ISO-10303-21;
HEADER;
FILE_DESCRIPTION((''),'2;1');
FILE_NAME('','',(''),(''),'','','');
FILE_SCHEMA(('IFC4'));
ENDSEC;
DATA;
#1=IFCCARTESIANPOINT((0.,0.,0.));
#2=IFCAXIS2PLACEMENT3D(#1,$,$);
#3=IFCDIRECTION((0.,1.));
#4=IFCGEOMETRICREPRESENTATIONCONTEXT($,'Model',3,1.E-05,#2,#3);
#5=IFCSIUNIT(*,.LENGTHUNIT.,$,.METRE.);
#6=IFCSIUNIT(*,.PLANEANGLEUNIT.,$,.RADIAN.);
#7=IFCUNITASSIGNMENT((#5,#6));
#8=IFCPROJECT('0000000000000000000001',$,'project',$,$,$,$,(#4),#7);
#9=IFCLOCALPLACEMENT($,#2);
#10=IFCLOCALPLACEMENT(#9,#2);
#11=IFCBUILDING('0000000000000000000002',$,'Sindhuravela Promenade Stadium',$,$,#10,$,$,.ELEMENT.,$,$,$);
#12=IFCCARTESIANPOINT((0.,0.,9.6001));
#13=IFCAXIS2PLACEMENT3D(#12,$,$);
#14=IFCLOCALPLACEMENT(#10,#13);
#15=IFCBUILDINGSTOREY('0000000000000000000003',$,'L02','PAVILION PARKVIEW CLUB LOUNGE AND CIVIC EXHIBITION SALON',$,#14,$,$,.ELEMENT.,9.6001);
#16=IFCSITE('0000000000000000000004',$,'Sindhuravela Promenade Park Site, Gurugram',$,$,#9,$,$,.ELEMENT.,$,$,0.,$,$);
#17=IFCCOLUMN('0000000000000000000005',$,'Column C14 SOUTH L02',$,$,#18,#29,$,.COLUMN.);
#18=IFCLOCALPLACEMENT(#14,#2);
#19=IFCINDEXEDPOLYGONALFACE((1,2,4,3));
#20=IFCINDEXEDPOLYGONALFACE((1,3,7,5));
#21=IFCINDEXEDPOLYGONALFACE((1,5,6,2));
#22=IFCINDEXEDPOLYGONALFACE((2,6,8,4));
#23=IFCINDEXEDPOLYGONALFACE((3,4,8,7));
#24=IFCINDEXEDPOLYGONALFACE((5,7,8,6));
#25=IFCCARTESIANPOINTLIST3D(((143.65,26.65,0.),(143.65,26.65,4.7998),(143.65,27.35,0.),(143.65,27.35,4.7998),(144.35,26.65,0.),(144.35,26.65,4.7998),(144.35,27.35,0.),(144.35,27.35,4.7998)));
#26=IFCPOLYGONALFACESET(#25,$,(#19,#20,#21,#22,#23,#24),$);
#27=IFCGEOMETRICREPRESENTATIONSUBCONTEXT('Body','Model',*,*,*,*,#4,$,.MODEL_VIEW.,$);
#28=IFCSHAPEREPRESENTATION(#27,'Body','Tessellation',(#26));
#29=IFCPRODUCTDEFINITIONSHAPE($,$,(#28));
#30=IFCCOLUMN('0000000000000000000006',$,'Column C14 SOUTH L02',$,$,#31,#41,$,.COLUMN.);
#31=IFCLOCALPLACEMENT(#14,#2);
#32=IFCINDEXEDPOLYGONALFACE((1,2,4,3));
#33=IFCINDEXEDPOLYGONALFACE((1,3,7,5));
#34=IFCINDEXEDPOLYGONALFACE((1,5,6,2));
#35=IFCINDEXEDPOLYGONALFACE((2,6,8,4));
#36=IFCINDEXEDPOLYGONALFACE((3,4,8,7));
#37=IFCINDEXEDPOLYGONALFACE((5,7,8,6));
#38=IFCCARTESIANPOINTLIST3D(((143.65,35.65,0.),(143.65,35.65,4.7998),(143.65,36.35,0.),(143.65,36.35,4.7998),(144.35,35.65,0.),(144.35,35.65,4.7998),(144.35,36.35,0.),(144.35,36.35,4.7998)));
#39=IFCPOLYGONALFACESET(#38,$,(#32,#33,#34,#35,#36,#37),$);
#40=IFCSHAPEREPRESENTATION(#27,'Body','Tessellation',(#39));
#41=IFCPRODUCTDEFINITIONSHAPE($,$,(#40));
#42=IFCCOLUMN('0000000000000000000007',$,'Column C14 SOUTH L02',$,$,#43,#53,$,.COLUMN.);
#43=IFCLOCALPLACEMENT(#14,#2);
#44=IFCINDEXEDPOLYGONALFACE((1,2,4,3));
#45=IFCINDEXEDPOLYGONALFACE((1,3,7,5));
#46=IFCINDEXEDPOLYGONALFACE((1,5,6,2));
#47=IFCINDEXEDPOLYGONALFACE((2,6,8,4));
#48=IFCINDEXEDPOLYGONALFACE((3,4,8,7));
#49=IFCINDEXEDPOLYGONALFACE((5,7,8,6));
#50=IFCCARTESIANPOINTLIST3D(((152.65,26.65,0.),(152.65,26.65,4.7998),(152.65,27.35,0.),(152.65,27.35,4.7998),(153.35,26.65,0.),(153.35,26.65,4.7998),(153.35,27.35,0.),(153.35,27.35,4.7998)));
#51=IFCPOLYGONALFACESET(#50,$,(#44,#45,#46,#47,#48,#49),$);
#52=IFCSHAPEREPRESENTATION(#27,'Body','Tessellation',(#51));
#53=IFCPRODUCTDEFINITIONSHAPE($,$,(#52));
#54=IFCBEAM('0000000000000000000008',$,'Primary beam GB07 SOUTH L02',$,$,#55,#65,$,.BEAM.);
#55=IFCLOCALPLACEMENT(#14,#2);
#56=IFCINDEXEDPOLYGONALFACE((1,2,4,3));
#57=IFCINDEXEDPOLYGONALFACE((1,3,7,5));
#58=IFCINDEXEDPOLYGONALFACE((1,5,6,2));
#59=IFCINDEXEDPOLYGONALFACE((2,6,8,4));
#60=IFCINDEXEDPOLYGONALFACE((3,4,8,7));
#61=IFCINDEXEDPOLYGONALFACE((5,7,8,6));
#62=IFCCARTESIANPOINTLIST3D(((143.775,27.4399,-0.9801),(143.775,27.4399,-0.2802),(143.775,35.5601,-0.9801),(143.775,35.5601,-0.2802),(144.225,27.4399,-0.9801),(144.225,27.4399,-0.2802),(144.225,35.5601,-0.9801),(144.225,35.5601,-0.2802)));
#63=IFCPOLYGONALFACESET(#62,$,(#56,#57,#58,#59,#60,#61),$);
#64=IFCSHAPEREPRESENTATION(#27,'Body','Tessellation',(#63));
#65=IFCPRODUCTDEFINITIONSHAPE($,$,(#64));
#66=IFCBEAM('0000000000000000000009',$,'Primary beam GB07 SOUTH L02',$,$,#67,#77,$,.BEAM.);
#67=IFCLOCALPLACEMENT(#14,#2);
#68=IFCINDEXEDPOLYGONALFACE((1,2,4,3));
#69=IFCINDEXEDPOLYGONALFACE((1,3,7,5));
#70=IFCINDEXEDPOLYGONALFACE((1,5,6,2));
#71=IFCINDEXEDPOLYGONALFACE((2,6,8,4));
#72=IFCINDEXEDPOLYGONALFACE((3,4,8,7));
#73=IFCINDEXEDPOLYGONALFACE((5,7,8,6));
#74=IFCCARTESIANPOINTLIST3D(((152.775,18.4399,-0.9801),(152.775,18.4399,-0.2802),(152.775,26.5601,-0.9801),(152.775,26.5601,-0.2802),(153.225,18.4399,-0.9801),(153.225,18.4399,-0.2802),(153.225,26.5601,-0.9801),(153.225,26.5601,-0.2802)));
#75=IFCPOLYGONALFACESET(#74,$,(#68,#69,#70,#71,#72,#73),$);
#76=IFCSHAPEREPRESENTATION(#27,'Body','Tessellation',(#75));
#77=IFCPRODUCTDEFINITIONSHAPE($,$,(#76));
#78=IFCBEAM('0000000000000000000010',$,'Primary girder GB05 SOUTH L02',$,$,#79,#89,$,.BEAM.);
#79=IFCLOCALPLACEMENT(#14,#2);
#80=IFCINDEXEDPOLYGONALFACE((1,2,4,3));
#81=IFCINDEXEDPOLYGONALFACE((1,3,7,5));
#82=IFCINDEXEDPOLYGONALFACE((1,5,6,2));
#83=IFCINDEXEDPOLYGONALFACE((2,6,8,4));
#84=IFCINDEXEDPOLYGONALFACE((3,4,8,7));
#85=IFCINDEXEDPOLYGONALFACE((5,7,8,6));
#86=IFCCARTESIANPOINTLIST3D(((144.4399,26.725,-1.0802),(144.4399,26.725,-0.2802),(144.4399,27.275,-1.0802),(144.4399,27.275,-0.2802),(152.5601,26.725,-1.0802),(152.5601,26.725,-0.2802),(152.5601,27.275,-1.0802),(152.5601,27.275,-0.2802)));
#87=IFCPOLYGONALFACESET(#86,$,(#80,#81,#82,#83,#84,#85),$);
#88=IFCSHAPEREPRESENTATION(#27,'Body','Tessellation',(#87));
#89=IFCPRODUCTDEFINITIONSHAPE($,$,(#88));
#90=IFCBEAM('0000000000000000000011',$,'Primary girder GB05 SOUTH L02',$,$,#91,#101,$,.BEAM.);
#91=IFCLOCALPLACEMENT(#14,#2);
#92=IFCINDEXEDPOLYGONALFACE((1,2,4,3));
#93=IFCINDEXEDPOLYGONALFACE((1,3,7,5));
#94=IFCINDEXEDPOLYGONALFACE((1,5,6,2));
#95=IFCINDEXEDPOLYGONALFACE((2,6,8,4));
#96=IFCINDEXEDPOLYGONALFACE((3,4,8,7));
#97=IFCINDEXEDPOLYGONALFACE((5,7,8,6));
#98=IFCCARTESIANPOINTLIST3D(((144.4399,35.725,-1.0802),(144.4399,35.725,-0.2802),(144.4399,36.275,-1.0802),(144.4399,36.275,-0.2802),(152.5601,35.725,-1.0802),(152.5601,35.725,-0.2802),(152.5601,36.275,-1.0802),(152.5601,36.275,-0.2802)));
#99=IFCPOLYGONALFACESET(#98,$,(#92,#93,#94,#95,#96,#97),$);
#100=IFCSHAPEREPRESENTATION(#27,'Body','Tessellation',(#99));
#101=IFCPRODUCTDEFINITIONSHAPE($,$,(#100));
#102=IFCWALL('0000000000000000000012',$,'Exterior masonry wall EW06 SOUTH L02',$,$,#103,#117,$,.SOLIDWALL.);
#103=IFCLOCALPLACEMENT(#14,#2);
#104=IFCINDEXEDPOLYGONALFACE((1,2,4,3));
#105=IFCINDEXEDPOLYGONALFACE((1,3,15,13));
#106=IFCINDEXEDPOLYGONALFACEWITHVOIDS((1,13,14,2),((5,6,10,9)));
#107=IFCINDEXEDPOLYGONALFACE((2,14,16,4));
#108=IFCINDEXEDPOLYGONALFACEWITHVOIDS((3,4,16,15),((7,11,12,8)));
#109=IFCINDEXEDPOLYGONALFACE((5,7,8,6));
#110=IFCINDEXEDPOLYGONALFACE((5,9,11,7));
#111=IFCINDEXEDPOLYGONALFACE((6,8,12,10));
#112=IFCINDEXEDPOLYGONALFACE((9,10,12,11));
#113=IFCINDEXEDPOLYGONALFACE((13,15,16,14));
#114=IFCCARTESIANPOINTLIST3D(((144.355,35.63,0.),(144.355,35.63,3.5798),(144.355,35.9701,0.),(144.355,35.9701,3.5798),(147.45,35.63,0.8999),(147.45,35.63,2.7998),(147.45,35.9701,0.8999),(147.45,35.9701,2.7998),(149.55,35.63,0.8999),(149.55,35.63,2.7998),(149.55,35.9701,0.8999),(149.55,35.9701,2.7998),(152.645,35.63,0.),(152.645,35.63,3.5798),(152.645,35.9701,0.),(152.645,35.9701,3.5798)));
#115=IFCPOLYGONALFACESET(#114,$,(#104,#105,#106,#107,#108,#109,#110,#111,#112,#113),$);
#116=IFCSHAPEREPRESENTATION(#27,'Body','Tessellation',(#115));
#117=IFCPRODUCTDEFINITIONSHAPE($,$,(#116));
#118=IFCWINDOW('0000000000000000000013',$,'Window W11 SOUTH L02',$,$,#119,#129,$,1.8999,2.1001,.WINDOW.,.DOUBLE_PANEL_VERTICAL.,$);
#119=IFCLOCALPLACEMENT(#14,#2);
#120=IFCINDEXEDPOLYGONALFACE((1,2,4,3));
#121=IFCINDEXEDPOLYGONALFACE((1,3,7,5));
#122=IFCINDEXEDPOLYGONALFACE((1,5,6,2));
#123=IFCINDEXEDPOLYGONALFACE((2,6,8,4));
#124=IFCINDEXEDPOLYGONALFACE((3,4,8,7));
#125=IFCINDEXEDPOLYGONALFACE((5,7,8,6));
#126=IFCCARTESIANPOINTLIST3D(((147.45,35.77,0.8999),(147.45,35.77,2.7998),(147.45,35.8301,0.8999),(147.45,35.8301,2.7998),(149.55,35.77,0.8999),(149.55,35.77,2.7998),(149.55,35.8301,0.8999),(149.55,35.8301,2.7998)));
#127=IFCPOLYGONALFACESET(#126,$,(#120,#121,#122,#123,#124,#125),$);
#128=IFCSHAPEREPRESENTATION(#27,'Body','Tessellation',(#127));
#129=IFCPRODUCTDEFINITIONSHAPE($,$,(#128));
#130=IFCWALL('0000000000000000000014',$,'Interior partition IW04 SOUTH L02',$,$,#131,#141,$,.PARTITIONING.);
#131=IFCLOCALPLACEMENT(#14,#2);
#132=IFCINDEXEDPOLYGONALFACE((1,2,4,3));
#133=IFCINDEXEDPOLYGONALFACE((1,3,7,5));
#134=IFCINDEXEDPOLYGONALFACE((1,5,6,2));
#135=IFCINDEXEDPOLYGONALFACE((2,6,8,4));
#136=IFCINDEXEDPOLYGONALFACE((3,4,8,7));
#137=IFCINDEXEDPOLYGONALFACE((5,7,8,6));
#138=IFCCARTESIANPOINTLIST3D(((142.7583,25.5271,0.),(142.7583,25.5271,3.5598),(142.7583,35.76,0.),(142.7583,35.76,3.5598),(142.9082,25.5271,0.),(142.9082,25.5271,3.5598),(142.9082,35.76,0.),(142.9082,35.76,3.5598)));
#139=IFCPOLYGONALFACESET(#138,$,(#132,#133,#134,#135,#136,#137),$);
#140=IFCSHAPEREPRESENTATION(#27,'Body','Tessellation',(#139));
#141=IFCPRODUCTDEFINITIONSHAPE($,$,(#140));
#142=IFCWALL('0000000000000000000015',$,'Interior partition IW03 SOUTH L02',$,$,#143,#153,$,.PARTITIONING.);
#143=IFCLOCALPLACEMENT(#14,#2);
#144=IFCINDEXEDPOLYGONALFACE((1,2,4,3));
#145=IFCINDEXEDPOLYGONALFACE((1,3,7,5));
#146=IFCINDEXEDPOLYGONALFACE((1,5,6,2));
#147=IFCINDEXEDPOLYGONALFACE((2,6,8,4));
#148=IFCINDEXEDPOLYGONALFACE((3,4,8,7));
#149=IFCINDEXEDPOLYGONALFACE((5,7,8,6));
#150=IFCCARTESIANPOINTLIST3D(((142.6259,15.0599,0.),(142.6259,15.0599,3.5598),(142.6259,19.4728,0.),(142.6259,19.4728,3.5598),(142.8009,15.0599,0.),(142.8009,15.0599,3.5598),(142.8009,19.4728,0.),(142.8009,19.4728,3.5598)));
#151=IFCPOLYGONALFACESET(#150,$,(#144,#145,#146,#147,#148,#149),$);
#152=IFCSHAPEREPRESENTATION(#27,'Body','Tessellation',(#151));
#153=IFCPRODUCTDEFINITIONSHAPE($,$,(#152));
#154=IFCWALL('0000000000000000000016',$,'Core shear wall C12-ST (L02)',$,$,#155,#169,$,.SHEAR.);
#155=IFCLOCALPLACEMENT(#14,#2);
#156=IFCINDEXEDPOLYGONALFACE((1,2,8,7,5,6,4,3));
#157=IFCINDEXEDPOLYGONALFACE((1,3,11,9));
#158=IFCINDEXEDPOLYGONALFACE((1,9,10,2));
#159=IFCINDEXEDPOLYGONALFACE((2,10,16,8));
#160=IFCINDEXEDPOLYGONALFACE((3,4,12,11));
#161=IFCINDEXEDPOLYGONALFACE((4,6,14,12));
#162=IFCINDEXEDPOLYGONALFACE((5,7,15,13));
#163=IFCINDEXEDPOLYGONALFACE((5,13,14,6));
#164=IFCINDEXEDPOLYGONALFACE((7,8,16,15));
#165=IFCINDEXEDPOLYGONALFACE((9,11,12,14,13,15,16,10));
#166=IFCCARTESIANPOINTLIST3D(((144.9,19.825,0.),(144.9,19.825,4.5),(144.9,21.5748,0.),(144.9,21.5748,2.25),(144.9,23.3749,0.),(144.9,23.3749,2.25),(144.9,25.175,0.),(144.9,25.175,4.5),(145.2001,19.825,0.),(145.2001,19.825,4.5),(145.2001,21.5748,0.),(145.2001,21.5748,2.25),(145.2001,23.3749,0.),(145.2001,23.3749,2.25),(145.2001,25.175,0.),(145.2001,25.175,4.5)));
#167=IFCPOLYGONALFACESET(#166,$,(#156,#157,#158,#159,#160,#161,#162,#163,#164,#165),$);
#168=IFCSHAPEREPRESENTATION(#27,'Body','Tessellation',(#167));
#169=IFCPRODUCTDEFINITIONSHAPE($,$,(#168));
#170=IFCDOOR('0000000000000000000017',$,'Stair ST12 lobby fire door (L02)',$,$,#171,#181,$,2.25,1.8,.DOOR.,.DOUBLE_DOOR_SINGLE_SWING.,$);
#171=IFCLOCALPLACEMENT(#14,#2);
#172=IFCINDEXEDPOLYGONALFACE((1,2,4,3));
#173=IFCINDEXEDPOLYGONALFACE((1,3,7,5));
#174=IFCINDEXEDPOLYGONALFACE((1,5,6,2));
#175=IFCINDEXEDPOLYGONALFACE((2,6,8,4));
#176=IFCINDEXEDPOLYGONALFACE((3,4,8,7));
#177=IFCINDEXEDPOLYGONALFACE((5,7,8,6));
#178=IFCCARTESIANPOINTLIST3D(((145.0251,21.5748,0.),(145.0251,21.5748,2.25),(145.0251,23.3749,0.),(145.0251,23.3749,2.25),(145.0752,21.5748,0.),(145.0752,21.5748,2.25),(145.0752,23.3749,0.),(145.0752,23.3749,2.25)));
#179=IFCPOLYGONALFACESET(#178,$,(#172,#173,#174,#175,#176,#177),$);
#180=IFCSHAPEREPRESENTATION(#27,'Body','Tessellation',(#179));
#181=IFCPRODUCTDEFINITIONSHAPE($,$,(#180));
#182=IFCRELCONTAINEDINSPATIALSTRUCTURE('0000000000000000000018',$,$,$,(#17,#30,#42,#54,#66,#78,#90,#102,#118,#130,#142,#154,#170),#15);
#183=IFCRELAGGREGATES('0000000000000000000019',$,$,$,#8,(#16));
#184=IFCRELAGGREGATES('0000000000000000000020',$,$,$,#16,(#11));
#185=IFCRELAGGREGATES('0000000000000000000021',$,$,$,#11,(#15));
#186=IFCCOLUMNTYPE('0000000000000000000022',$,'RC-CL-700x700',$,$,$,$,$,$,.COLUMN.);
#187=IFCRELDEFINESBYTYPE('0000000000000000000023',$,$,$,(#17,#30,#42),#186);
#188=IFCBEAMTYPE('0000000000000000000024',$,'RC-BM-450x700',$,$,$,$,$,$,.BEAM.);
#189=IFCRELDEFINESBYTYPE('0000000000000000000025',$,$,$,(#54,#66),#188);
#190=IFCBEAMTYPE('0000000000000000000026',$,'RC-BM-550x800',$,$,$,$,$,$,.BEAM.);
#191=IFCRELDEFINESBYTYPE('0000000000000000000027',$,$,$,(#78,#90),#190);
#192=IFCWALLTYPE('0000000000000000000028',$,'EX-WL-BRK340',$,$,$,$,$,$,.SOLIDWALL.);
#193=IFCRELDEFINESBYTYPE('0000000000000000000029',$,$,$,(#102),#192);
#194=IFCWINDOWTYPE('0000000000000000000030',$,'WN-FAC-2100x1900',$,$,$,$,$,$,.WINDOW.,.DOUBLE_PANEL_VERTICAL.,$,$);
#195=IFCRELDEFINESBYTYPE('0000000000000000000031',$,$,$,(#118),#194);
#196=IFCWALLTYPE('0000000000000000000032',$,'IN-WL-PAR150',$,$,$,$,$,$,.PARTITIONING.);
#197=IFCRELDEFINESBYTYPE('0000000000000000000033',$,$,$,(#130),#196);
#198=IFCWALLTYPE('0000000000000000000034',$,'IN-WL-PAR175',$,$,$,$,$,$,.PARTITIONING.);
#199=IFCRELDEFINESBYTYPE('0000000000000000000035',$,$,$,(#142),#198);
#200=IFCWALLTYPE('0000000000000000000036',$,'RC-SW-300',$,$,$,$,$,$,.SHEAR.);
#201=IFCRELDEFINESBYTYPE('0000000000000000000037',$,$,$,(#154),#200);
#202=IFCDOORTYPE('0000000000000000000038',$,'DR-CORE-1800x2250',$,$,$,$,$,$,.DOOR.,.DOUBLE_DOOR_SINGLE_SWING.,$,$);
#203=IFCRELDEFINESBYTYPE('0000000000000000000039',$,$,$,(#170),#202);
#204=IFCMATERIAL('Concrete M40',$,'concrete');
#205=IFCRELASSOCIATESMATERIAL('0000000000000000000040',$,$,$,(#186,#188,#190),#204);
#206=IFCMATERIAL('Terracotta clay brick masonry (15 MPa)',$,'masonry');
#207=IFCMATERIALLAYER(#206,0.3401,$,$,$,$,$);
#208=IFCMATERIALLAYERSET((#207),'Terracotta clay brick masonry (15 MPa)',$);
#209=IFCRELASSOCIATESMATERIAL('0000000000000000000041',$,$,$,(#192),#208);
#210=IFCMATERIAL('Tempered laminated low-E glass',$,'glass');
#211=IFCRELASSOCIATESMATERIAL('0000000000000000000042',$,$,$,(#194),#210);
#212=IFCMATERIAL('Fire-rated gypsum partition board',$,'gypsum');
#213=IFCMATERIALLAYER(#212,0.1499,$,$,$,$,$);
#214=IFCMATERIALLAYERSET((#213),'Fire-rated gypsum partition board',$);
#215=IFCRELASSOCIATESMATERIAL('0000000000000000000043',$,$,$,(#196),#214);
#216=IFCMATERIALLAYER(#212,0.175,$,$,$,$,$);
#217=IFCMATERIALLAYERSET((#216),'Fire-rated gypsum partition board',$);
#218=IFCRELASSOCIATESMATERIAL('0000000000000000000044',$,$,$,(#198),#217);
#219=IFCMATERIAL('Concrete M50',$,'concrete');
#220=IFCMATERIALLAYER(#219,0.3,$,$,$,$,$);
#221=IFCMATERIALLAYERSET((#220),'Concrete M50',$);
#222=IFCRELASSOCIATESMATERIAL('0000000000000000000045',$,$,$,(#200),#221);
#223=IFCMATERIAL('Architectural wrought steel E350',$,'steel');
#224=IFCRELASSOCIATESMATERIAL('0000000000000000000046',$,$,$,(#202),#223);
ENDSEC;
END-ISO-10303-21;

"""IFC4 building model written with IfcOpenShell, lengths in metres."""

from ifc_helpers import new_model, si_unit, direction, frame, frame_2d, origin, origin_2d, place, context, subcontext, project, spatial, rectangle, extrude, material, layer, layer_set, material_profile, profile_set, type_object, element, fill, save


model = new_model("IFC4")

# Units and contexts
model_context = context("Model", 3, precision=1e-05, world=origin(), true_north=direction((0.0, 1.0)))
body_context = subcontext(model_context, "Body", "Model", "MODEL_VIEW")
ifc_project = project(units=[si_unit("LENGTHUNIT", "METRE"), si_unit("PLANEANGLEUNIT", "RADIAN")], contexts=[model_context])

# Site, building, storey
site_placement = place(None, origin())
site = spatial("IfcSite", under=ifc_project, at=site_placement, Name="Sindhuravela Promenade Park Site, Gurugram", CompositionType="ELEMENT", RefElevation=0.0)
building_placement = place(site_placement, origin())
building = spatial("IfcBuilding", under=site, at=building_placement, Name="Sindhuravela Promenade Stadium", CompositionType="ELEMENT")
storey_placement = place(building_placement, frame((0.0, 0.0, 9.6001)))
storey = spatial("IfcBuildingStorey", under=building, at=storey_placement, Name="L02", Description="PAVILION PARKVIEW CLUB LOUNGE AND CIVIC EXHIBITION SALON", CompositionType="ELEMENT", Elevation=9.6001)

# Columns
ifc_material_1 = material(Name="Concrete M40", Category="concrete")
ifc_material_profile_1 = material_profile(ifc_material_1, rectangle(XDim=0.7, YDim=0.7, at=origin_2d()), Name="RC 700x700")
ifc_profile_set_1 = profile_set([ifc_material_profile_1], Name="Concrete M40")
column_type = type_object("IfcColumnType", Name="RC-CL-700x700", PredefinedType="COLUMN", material=ifc_profile_set_1)
for number, where, z_axis, x_axis, name in (
    (1, (144.0, 27.0, 0.0), (0.0, 0.0, 1.0), (1.0, 0.0, 0.0), "Column C14 SOUTH L02"),
    (2, (144.0, 36.0, 0.0), (0.0, 0.0, 1.0), (1.0, 0.0, 0.0), "Column C14 SOUTH L02"),
    (3, (153.0, 27.0, 0.0), (0.0, 0.0, 1.0), (1.0, 0.0, 0.0), "Column C14 SOUTH L02"),
):
    element("IfcColumn", number, at=place(storey_placement, frame(where, z_axis=z_axis, x_axis=x_axis)), inside=storey, type_object=column_type, Name=name, PredefinedType="COLUMN", context=body_context, shape_type="SweptSolid", body=[
        extrude(rectangle(XDim=0.7, YDim=0.7, at=origin_2d()), origin(), (0.0, 0.0, 1.0), 4.7998),
    ])

# Beams
ifc_material_profile_2 = material_profile(ifc_material_1, rectangle(XDim=0.45, YDim=0.7, at=origin_2d()), Name="RC 450x700")
ifc_profile_set_2 = profile_set([ifc_material_profile_2], Name="Concrete M40")
beam_type_1 = type_object("IfcBeamType", Name="RC-BM-450x700", PredefinedType="BEAM", material=ifc_profile_set_2)
for number, where, z_axis, x_axis, name in (
    (4, (144.0, 27.4399, -0.6301), (0.0, 1.0, 0.0), (-1.0, 0.0, 0.0), "Primary beam GB07 SOUTH L02"),
    (5, (153.0, 18.4399, -0.6301), (0.0, 1.0, 0.0), (-1.0, 0.0, 0.0), "Primary beam GB07 SOUTH L02"),
):
    element("IfcBeam", number, at=place(storey_placement, frame(where, z_axis=z_axis, x_axis=x_axis)), inside=storey, type_object=beam_type_1, Name=name, PredefinedType="BEAM", context=body_context, shape_type="SweptSolid", body=[
        extrude(rectangle(XDim=0.45, YDim=0.7, at=origin_2d()), origin(), (0.0, 0.0, 1.0), 8.1201),
    ])
ifc_material_profile_3 = material_profile(ifc_material_1, rectangle(XDim=0.55, YDim=0.8, at=origin_2d()), Name="RC 550x800")
ifc_profile_set_3 = profile_set([ifc_material_profile_3], Name="Concrete M40")
beam_type_2 = type_object("IfcBeamType", Name="RC-BM-550x800", PredefinedType="BEAM", material=ifc_profile_set_3)
for number, where, z_axis, x_axis, name in (
    (6, (144.4399, 27.0, -0.6802), (1.0, 0.0, 0.0), (0.0, 1.0, 0.0), "Primary girder GB05 SOUTH L02"),
    (7, (144.4399, 36.0, -0.6802), (1.0, 0.0, 0.0), (0.0, 1.0, 0.0), "Primary girder GB05 SOUTH L02"),
):
    element("IfcBeam", number, at=place(storey_placement, frame(where, z_axis=z_axis, x_axis=x_axis)), inside=storey, type_object=beam_type_2, Name=name, PredefinedType="BEAM", context=body_context, shape_type="SweptSolid", body=[
        extrude(rectangle(XDim=0.55, YDim=0.8, at=origin_2d()), origin(), (0.0, 0.0, 1.0), 8.1201),
    ])

# Wall, opening, window
ifc_material_2 = material(Name="Terracotta clay brick masonry (15 MPa)", Category="masonry")
ifc_layer_1 = layer(ifc_material_2, 0.3401)
ifc_layer_set_1 = layer_set([ifc_layer_1], Name="Terracotta clay brick masonry (15 MPa)")
wall_type_1 = type_object("IfcWallType", Name="EX-WL-BRK340", PredefinedType="SOLIDWALL", material=ifc_layer_set_1)
wall_1_placement = place(storey_placement, frame((144.355, 35.8, 0.0), z_axis=(0.0, 0.0, 1.0), x_axis=(1.0, 0.0, 0.0)))
wall_1 = element("IfcWall", 8, at=wall_1_placement, inside=storey, type_object=wall_type_1, Name="Exterior masonry wall EW06 SOUTH L02", PredefinedType="SOLIDWALL", context=body_context, shape_type="SweptSolid", body=[
    extrude(rectangle(XDim=8.29, YDim=0.3401, at=frame_2d((4.145, 0.0))), origin(), (0.0, 0.0, 1.0), 3.5798),
])
opening_1_placement = place(wall_1_placement, frame((3.095, 0.0, 0.8999)))
opening_1 = element("IfcOpeningElement", 9, at=opening_1_placement, cuts=wall_1, PredefinedType="OPENING", context=body_context, shape_type="SweptSolid", body=[
    extrude(rectangle(XDim=2.1001, YDim=1.8999, at=frame_2d((1.05, 0.95))), frame((0.0, 0.1799, 0.0), z_axis=(0.0, -1.0, 0.0), x_axis=(1.0, 0.0, 0.0)), (0.0, 0.0, 1.0), 0.3601),
])
ifc_material_3 = material(Name="Tempered laminated low-E glass", Category="glass")
window_type = type_object("IfcWindowType", Name="WN-FAC-2100x1900", PartitioningType="DOUBLE_PANEL_VERTICAL", PredefinedType="WINDOW", material=ifc_material_3)
window_placement = place(opening_1_placement, origin())
window = element("IfcWindow", 10, at=window_placement, inside=storey, type_object=window_type, Name="Window W11 SOUTH L02", OverallHeight=1.8999, OverallWidth=2.1001, PartitioningType="DOUBLE_PANEL_VERTICAL", PredefinedType="WINDOW", context=body_context, shape_type="SweptSolid", body=[
    extrude(rectangle(XDim=2.1001, YDim=1.8999, at=frame_2d((1.05, 0.95))), frame((0.0, 0.03, 0.0), z_axis=(0.0, -1.0, 0.0), x_axis=(1.0, 0.0, 0.0)), (0.0, 0.0, 1.0), 0.0601),
])
fill(opening_1, window)

# Walls
ifc_material_4 = material(Name="Fire-rated gypsum partition board", Category="gypsum")
ifc_layer_2 = layer(ifc_material_4, 0.1499)
ifc_layer_set_2 = layer_set([ifc_layer_2], Name="Fire-rated gypsum partition board")
wall_type_2 = type_object("IfcWallType", Name="IN-WL-PAR150", PredefinedType="PARTITIONING", material=ifc_layer_set_2)
wall_2_placement = place(storey_placement, frame((142.8333, 35.76, 0.0), z_axis=(0.0, 0.0, 1.0), x_axis=(0.0, -1.0, 0.0)))
element("IfcWall", 11, at=wall_2_placement, inside=storey, type_object=wall_type_2, Name="Interior partition IW04 SOUTH L02", PredefinedType="PARTITIONING", context=body_context, shape_type="SweptSolid", body=[
    extrude(rectangle(XDim=10.2329, YDim=0.1499, at=frame_2d((5.1165, 0.0))), origin(), (0.0, 0.0, 1.0), 3.5598),
])
ifc_layer_3 = layer(ifc_material_4, 0.175)
ifc_layer_set_3 = layer_set([ifc_layer_3], Name="Fire-rated gypsum partition board")
wall_type_3 = type_object("IfcWallType", Name="IN-WL-PAR175", PredefinedType="PARTITIONING", material=ifc_layer_set_3)
wall_3_placement = place(storey_placement, frame((142.7134, 19.4729, 0.0), z_axis=(0.0, 0.0, 1.0), x_axis=(0.0, -1.0, 0.0)))
element("IfcWall", 12, at=wall_3_placement, inside=storey, type_object=wall_type_3, Name="Interior partition IW03 SOUTH L02", PredefinedType="PARTITIONING", context=body_context, shape_type="SweptSolid", body=[
    extrude(rectangle(XDim=4.4128, YDim=0.175, at=frame_2d((2.2065, 0.0))), origin(), (0.0, 0.0, 1.0), 3.5598),
])

# Wall, opening, door
ifc_material_5 = material(Name="Concrete M50", Category="concrete")
ifc_layer_4 = layer(ifc_material_5, 0.3)
ifc_layer_set_4 = layer_set([ifc_layer_4], Name="Concrete M50")
wall_type_4 = type_object("IfcWallType", Name="RC-SW-300", PredefinedType="SHEAR", material=ifc_layer_set_4)
wall_4_placement = place(storey_placement, frame((145.05, 19.825, 0.0), z_axis=(0.0, 0.0, 1.0), x_axis=(0.0, 1.0, 0.0)))
wall_4 = element("IfcWall", 13, at=wall_4_placement, inside=storey, type_object=wall_type_4, Name="Core shear wall C12-ST (L02)", PredefinedType="SHEAR", context=body_context, shape_type="SweptSolid", body=[
    extrude(rectangle(XDim=5.3501, YDim=0.3, at=frame_2d((2.675, 0.0))), origin(), (0.0, 0.0, 1.0), 4.5),
])
opening_2_placement = place(wall_4_placement, frame((1.75, 0.0, 0.0)))
opening_2 = element("IfcOpeningElement", 14, at=opening_2_placement, cuts=wall_4, PredefinedType="OPENING", context=body_context, shape_type="SweptSolid", body=[
    extrude(rectangle(XDim=1.8, YDim=2.25, at=frame_2d((0.8999, 1.125))), frame((0.0, 0.1599, 0.0), z_axis=(0.0, -1.0, 0.0), x_axis=(1.0, 0.0, 0.0)), (0.0, 0.0, 1.0), 0.3201),
])
ifc_material_6 = material(Name="Architectural wrought steel E350", Category="steel")
door_type_1 = type_object("IfcDoorType", Name="DR-CORE-1800x2250", OperationType="DOUBLE_DOOR_SINGLE_SWING", PredefinedType="DOOR", material=ifc_material_6)
door_1_placement = place(opening_2_placement, origin())
door_1 = element("IfcDoor", 15, at=door_1_placement, inside=storey, type_object=door_type_1, Name="Stair ST12 lobby fire door (L02)", OperationType="DOUBLE_DOOR_SINGLE_SWING", OverallHeight=2.25, OverallWidth=1.8, PredefinedType="DOOR", context=body_context, shape_type="SweptSolid", body=[
    extrude(rectangle(XDim=1.8, YDim=2.25, at=frame_2d((0.8999, 1.125))), frame((0.0, 0.0249, 0.0), z_axis=(0.0, -1.0, 0.0), x_axis=(1.0, 0.0, 0.0)), (0.0, 0.0, 1.0), 0.05),
])
fill(opening_2, door_1)

save(model, "model.ifc")
